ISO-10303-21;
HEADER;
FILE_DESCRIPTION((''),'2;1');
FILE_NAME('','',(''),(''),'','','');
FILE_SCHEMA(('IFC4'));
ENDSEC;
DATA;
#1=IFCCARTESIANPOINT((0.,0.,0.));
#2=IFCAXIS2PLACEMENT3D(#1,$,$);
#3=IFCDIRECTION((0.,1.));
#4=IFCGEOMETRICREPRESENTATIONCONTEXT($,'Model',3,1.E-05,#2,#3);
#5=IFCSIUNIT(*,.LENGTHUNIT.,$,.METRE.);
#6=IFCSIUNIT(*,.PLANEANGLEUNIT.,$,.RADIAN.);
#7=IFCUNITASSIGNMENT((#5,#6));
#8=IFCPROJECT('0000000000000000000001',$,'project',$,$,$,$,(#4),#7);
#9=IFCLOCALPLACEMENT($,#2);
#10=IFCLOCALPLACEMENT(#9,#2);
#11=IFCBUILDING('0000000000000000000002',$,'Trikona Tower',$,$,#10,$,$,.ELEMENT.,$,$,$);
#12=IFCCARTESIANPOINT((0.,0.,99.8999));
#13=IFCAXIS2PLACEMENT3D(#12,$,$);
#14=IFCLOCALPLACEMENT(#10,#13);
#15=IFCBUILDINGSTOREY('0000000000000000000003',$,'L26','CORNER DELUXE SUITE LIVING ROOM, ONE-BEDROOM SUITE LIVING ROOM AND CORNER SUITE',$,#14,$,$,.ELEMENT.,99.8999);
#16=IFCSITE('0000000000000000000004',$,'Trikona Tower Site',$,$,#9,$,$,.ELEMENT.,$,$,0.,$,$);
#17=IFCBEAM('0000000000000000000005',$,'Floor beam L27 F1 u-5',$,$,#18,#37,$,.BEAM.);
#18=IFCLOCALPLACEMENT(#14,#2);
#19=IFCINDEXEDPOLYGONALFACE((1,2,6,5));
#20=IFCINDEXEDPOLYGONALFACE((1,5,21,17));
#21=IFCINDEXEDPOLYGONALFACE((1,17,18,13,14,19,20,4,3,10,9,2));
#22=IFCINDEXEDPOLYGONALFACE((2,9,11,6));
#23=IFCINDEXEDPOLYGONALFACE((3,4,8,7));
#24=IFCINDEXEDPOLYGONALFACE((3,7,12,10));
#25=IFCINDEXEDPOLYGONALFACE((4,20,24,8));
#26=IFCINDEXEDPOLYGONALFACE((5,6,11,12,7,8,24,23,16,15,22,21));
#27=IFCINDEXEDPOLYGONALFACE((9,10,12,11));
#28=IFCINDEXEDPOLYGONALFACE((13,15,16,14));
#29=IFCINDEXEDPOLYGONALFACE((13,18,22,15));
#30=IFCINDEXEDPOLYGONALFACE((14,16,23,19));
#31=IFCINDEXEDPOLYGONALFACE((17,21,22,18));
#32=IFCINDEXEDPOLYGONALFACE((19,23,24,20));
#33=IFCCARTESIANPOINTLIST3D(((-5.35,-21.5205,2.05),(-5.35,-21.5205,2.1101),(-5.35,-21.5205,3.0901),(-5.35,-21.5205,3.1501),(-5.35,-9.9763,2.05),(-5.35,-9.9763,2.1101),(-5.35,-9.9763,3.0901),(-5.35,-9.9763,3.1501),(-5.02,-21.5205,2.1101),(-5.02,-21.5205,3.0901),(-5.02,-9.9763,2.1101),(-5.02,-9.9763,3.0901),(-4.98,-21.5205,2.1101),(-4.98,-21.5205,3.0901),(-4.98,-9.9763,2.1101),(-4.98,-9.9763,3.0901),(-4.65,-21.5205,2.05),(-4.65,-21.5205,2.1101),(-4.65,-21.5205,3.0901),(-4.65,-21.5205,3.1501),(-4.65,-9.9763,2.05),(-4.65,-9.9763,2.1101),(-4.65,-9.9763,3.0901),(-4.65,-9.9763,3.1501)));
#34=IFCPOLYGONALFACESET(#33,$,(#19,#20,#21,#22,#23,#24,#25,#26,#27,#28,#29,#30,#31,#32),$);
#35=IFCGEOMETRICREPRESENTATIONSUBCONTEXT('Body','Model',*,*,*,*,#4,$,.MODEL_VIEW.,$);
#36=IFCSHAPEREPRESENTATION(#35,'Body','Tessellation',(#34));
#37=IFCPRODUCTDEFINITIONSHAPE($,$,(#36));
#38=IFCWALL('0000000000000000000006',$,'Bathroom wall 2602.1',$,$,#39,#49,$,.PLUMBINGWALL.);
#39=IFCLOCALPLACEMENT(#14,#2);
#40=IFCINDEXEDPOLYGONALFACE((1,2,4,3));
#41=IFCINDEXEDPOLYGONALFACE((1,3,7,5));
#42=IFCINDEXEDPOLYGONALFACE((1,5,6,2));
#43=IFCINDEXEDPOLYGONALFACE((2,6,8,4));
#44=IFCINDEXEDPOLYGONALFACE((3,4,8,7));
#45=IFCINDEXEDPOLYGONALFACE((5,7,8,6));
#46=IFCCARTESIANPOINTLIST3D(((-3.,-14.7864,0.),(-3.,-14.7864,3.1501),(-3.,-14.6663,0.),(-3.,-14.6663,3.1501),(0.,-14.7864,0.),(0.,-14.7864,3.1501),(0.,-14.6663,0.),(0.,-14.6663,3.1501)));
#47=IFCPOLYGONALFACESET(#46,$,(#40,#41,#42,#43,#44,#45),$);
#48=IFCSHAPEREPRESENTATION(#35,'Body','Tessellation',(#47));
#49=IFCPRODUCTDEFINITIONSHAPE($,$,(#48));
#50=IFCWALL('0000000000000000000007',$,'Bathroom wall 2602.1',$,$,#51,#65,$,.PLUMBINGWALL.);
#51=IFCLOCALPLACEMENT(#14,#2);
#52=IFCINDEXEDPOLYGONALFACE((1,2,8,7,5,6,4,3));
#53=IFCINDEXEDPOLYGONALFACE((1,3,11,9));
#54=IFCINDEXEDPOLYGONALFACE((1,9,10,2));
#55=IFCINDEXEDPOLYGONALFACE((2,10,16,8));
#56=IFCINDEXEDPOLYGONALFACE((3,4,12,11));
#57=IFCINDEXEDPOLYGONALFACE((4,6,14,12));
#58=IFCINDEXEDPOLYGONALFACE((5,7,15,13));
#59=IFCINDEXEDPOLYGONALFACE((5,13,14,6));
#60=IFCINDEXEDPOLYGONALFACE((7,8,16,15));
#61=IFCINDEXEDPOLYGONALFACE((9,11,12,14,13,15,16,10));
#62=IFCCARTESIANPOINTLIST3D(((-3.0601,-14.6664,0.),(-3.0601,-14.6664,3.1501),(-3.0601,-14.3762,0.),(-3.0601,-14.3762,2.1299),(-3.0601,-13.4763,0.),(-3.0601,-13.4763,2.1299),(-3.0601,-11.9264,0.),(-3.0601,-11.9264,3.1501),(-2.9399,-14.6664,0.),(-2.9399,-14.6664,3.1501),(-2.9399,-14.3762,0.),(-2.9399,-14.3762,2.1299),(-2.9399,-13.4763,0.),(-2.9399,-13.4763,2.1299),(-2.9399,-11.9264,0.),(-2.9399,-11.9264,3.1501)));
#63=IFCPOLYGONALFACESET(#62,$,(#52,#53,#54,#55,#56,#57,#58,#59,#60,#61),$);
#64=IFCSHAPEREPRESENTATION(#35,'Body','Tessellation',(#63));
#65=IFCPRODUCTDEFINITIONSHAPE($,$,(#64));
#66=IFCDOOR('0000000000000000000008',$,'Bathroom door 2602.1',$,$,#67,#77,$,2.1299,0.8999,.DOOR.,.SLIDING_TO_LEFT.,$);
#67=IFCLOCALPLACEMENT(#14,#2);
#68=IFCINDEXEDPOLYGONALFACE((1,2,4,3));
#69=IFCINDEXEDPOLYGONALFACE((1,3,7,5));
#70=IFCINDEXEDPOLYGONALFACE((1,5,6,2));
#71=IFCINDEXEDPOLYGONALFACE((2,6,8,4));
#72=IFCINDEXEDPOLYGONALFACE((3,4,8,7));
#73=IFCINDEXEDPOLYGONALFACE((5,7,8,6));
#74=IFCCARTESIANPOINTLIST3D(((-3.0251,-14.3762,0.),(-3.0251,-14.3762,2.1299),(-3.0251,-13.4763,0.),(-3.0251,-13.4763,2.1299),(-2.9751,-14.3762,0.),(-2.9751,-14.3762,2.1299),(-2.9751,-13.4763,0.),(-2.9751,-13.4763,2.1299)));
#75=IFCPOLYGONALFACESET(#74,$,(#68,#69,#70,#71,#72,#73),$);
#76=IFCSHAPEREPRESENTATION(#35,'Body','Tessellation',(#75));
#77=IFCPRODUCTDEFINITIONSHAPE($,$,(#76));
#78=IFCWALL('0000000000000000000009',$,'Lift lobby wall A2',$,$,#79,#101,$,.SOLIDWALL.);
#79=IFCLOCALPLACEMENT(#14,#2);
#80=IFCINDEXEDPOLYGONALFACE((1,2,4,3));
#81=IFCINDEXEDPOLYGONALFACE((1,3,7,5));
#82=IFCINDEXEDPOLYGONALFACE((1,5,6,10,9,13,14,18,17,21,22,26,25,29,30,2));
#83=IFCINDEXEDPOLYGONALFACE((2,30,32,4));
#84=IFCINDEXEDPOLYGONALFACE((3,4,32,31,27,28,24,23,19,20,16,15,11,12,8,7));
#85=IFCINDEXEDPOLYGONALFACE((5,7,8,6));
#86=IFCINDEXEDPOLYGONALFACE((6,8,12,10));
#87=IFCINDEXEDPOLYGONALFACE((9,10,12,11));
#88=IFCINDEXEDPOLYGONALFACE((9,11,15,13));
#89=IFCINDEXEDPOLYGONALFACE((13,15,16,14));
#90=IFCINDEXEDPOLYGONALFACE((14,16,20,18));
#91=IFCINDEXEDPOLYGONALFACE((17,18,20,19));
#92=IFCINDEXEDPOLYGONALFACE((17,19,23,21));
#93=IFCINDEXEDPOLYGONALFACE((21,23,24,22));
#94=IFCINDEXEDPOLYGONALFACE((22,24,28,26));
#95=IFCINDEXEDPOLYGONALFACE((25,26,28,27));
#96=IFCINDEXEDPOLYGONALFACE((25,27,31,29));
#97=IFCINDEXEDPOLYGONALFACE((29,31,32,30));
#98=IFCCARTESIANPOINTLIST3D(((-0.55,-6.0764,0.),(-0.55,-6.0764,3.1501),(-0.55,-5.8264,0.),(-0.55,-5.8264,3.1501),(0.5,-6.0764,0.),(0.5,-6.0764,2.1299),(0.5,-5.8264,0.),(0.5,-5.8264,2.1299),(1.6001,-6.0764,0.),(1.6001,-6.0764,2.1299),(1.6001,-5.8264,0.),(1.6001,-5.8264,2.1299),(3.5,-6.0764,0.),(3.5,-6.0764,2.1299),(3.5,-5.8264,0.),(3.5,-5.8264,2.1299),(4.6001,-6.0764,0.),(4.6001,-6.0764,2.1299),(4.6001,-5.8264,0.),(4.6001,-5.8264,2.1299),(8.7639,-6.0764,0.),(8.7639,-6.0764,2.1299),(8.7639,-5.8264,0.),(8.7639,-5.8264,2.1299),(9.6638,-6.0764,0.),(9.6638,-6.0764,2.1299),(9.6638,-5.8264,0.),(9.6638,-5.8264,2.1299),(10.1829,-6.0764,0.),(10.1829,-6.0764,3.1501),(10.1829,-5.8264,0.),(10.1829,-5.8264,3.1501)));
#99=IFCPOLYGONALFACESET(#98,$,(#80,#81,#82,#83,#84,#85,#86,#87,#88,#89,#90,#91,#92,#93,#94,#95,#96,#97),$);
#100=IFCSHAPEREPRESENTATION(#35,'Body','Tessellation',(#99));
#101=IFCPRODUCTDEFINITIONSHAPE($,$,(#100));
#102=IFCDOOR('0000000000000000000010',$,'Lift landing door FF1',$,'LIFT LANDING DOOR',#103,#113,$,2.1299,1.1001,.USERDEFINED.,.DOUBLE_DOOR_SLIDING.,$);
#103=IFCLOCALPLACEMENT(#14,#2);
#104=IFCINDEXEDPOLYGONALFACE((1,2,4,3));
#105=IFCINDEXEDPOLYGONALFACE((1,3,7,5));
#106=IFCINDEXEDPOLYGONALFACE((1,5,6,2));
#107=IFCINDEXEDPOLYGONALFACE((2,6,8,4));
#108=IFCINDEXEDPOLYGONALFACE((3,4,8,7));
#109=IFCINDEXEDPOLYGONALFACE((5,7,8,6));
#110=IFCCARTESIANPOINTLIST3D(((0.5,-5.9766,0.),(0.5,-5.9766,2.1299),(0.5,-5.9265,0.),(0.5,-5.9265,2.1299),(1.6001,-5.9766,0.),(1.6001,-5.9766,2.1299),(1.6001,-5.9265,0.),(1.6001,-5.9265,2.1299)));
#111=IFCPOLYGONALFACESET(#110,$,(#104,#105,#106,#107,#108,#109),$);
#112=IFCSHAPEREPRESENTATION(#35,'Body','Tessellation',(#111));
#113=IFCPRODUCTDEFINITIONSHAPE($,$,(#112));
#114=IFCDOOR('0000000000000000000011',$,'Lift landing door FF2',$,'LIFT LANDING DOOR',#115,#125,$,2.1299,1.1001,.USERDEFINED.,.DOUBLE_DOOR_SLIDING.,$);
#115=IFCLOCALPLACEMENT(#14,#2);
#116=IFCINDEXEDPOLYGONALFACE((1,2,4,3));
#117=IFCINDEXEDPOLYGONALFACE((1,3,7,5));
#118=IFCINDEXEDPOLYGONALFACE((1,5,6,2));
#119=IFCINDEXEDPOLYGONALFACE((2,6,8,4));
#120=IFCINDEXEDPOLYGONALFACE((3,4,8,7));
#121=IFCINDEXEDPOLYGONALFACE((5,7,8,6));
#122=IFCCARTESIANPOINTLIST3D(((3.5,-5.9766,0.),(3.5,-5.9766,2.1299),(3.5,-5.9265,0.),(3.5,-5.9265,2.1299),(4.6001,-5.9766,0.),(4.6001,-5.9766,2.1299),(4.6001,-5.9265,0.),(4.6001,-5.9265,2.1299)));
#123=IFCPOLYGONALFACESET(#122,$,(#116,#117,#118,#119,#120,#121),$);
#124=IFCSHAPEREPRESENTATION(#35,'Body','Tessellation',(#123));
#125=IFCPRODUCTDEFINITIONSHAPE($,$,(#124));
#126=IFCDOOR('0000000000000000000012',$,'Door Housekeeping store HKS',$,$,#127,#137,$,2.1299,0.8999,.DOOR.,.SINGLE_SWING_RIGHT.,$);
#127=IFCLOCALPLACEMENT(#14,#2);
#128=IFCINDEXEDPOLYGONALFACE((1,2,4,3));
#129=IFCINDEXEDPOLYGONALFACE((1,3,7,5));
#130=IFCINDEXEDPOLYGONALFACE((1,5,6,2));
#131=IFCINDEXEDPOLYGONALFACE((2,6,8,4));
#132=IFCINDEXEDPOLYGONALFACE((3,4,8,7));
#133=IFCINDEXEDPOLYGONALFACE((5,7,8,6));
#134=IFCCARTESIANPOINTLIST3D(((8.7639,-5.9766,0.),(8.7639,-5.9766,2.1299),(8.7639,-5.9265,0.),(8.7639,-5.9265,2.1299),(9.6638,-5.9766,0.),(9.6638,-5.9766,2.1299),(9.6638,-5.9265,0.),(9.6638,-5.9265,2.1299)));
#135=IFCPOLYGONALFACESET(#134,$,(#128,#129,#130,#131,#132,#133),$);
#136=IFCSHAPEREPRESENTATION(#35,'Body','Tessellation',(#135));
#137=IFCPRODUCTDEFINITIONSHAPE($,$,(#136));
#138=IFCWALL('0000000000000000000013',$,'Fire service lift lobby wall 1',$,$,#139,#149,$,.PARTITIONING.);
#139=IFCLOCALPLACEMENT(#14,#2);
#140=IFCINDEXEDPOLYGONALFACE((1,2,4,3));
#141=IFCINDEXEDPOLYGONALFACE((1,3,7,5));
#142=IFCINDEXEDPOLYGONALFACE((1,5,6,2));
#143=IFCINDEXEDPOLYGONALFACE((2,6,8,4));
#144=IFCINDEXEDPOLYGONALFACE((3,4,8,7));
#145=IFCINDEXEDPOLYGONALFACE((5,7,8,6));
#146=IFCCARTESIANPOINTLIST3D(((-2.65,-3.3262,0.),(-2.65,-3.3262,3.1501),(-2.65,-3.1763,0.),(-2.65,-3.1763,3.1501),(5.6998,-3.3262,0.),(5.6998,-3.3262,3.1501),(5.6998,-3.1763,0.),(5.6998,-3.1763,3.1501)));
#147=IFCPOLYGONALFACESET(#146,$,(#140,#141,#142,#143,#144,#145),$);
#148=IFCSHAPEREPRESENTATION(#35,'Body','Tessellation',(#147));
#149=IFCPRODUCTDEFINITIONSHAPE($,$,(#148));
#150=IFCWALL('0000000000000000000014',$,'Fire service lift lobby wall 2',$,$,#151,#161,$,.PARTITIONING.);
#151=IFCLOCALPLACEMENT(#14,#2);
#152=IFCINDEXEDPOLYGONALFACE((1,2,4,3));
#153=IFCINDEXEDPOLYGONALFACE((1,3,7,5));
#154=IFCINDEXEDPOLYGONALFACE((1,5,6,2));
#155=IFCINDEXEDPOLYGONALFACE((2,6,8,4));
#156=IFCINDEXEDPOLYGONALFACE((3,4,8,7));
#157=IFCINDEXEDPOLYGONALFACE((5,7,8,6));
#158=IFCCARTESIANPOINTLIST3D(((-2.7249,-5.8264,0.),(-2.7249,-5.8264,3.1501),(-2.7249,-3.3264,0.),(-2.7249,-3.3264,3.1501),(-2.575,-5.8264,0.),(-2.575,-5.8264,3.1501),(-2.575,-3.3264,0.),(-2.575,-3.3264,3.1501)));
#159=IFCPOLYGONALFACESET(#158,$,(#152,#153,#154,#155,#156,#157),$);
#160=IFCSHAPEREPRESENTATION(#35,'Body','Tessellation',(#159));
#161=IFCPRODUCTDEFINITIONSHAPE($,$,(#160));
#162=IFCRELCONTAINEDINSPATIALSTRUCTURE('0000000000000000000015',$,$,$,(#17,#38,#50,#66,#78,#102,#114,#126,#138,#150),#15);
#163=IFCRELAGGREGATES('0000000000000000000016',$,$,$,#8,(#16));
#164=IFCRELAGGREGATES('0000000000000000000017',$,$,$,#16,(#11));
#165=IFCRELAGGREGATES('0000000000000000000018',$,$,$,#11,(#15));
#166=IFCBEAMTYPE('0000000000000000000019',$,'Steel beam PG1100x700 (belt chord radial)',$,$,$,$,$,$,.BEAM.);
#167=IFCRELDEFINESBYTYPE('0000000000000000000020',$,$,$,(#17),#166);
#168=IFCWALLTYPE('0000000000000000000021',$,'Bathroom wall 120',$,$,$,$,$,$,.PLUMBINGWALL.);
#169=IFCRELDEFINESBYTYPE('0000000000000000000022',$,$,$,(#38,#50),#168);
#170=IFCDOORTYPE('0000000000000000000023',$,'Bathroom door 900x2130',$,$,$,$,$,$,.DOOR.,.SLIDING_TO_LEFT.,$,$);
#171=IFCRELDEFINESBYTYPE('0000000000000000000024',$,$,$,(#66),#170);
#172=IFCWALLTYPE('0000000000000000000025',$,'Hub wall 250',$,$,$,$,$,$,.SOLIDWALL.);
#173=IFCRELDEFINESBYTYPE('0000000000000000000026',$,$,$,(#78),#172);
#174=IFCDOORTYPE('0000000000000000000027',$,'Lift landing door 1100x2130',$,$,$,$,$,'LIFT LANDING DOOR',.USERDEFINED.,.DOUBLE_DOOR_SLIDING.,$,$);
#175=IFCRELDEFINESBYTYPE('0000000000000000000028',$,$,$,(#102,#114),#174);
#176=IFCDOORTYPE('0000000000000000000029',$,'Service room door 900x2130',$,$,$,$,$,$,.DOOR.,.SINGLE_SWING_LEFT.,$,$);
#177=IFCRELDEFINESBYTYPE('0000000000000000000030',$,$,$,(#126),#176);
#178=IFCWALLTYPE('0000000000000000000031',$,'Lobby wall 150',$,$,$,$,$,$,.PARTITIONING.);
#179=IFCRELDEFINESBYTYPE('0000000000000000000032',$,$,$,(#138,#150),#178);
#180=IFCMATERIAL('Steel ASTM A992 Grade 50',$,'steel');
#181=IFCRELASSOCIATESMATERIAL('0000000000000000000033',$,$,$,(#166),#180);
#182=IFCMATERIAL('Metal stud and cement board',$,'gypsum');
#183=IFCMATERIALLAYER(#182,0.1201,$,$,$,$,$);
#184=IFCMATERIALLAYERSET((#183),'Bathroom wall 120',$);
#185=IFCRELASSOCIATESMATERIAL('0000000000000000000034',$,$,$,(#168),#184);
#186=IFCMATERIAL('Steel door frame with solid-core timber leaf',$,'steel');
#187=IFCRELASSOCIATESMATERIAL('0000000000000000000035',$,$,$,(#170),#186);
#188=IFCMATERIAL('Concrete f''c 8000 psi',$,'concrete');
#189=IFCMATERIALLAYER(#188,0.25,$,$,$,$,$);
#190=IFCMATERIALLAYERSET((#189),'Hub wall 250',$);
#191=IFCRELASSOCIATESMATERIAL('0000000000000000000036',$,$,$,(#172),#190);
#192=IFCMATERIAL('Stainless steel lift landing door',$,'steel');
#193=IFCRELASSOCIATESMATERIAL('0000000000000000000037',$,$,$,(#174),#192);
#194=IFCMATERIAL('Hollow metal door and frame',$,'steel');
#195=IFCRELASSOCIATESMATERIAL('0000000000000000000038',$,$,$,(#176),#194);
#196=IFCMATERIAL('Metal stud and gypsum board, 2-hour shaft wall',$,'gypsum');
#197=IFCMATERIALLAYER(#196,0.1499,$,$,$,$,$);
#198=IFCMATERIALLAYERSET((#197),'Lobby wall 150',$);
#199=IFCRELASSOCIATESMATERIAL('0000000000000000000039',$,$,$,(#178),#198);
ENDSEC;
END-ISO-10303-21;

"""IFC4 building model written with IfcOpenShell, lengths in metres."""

from ifc_helpers import new_model, si_unit, direction, frame, frame_2d, origin, origin_2d, place, context, subcontext, project, spatial, rectangle, i_section, extrude, material, layer, layer_set, material_profile, profile_set, type_object, element, fill, save


model = new_model("IFC4")

# Units and contexts
model_context = context("Model", 3, precision=1e-05, world=origin(), true_north=direction((0.0, 1.0)))
body_context = subcontext(model_context, "Body", "Model", "MODEL_VIEW")
ifc_project = project(units=[si_unit("LENGTHUNIT", "METRE"), si_unit("PLANEANGLEUNIT", "RADIAN")], contexts=[model_context])

# Site, building, storey
site_placement = place(None, origin())
site = spatial("IfcSite", under=ifc_project, at=site_placement, Name="Trikona Tower Site", CompositionType="ELEMENT", RefElevation=0.0)
building_placement = place(site_placement, origin())
building = spatial("IfcBuilding", under=site, at=building_placement, Name="Trikona Tower", CompositionType="ELEMENT")
storey_placement = place(building_placement, frame((0.0, 0.0, 99.8999)))
storey = spatial("IfcBuildingStorey", under=building, at=storey_placement, Name="L26", Description="CORNER DELUXE SUITE LIVING ROOM, ONE-BEDROOM SUITE LIVING ROOM AND CORNER SUITE", CompositionType="ELEMENT", Elevation=99.8999)

# Beam
ifc_material_1 = material(Name="Steel ASTM A992 Grade 50", Category="steel")
ifc_material_profile = material_profile(ifc_material_1, i_section(OverallWidth=0.7, OverallDepth=1.1001, WebThickness=0.04, FlangeThickness=0.0601, at=origin_2d()), Name="PG1100X700")
ifc_profile_set = profile_set([ifc_material_profile], Name="Steel ASTM A992 Grade 50")
beam_type = type_object("IfcBeamType", Name="Steel beam PG1100x700 (belt chord radial)", PredefinedType="BEAM", material=ifc_profile_set)
beam_placement = place(storey_placement, frame((-5.0, -9.9763, 2.6001), z_axis=(0.0, -1.0, 0.0), x_axis=(1.0, 0.0, 0.0)))
element("IfcBeam", 1, at=beam_placement, inside=storey, type_object=beam_type, Name="Floor beam L27 F1 u-5", PredefinedType="BEAM", context=body_context, shape_type="SweptSolid", body=[
    extrude(i_section(OverallWidth=0.7, OverallDepth=1.1001, WebThickness=0.04, FlangeThickness=0.0601, at=origin_2d()), origin(), (0.0, 0.0, 1.0), 11.5442),
])

# Wall
ifc_material_2 = material(Name="Metal stud and cement board", Category="gypsum")
ifc_layer_1 = layer(ifc_material_2, 0.1201)
ifc_layer_set_1 = layer_set([ifc_layer_1], Name="Bathroom wall 120")
wall_type_1 = type_object("IfcWallType", Name="Bathroom wall 120", PredefinedType="PLUMBINGWALL", material=ifc_layer_set_1)
wall_1_placement = place(storey_placement, frame((-3.0, -14.7263, 0.0), z_axis=(0.0, 0.0, 1.0), x_axis=(1.0, 0.0, 0.0)))
element("IfcWall", 2, at=wall_1_placement, inside=storey, type_object=wall_type_1, Name="Bathroom wall 2602.1", PredefinedType="PLUMBINGWALL", context=body_context, shape_type="SweptSolid", body=[
    extrude(rectangle(XDim=3.0, YDim=0.1201, at=frame_2d((1.5, 0.0))), origin(), (0.0, 0.0, 1.0), 3.1501),
])

# Wall, opening, door
wall_2_placement = place(storey_placement, frame((-3.0, -11.9263, 0.0), z_axis=(0.0, 0.0, 1.0), x_axis=(0.0, -1.0, 0.0)))
wall_2 = element("IfcWall", 3, at=wall_2_placement, inside=storey, type_object=wall_type_1, Name="Bathroom wall 2602.1", PredefinedType="PLUMBINGWALL", context=body_context, shape_type="SweptSolid", body=[
    extrude(rectangle(XDim=2.74, YDim=0.1201, at=frame_2d((1.3701, 0.0))), origin(), (0.0, 0.0, 1.0), 3.1501),
])
opening_1_placement = place(wall_2_placement, frame((1.55, 0.0, 0.0)))
opening_1 = element("IfcOpeningElement", 4, at=opening_1_placement, cuts=wall_2, PredefinedType="OPENING", context=body_context, shape_type="SweptSolid", body=[
    extrude(rectangle(XDim=0.8999, YDim=2.1299, at=frame_2d((0.45, 1.0649))), frame((0.0, 0.0701, 0.0), z_axis=(0.0, -1.0, 0.0), x_axis=(1.0, 0.0, 0.0)), (0.0, 0.0, 1.0), 0.1401),
])
ifc_material_3 = material(Name="Steel door frame with solid-core timber leaf", Category="steel")
door_type_1 = type_object("IfcDoorType", Name="Bathroom door 900x2130", OperationType="SLIDING_TO_LEFT", PredefinedType="DOOR", material=ifc_material_3)
door_1_placement = place(opening_1_placement, origin())
door_1 = element("IfcDoor", 5, at=door_1_placement, inside=storey, type_object=door_type_1, Name="Bathroom door 2602.1", OperationType="SLIDING_TO_LEFT", OverallHeight=2.1299, OverallWidth=0.8999, PredefinedType="DOOR", context=body_context, shape_type="SweptSolid", body=[
    extrude(rectangle(XDim=0.8999, YDim=2.1299, at=frame_2d((0.45, 1.0649))), frame((0.0, 0.0249, 0.0), z_axis=(0.0, -1.0, 0.0), x_axis=(1.0, 0.0, 0.0)), (0.0, 0.0, 1.0), 0.05),
])
fill(opening_1, door_1)

# Wall, openings, doors
ifc_material_4 = material(Name="Concrete f'c 8000 psi", Category="concrete")
ifc_layer_2 = layer(ifc_material_4, 0.25)
ifc_layer_set_2 = layer_set([ifc_layer_2], Name="Hub wall 250")
wall_type_2 = type_object("IfcWallType", Name="Hub wall 250", PredefinedType="SOLIDWALL", material=ifc_layer_set_2)
wall_3_placement = place(storey_placement, frame((-0.55, -5.9514, 0.0), z_axis=(0.0, 0.0, 1.0), x_axis=(1.0, 0.0, 0.0)))
wall_3 = element("IfcWall", 6, at=wall_3_placement, inside=storey, type_object=wall_type_2, Name="Lift lobby wall A2", PredefinedType="SOLIDWALL", context=body_context, shape_type="SweptSolid", body=[
    extrude(rectangle(XDim=10.7329, YDim=0.25, at=frame_2d((5.3665, 0.0))), origin(), (0.0, 0.0, 1.0), 3.1501),
])
opening_2_placement = place(wall_3_placement, frame((9.314, 0.0, 0.0)))
opening_2 = element("IfcOpeningElement", 7, at=opening_2_placement, cuts=wall_3, PredefinedType="OPENING", context=body_context, shape_type="SweptSolid", body=[
    extrude(rectangle(XDim=0.8999, YDim=2.1299, at=frame_2d((0.45, 1.0649))), frame((0.0, 0.135, 0.0), z_axis=(0.0, -1.0, 0.0), x_axis=(1.0, 0.0, 0.0)), (0.0, 0.0, 1.0), 0.27),
])
opening_3_placement = place(wall_3_placement, frame((1.05, 0.0, 0.0)))
opening_3 = element("IfcOpeningElement", 8, at=opening_3_placement, cuts=wall_3, PredefinedType="OPENING", context=body_context, shape_type="SweptSolid", body=[
    extrude(rectangle(XDim=1.1001, YDim=2.1299, at=frame_2d((0.55, 1.0649))), frame((0.0, 0.135, 0.0), z_axis=(0.0, -1.0, 0.0), x_axis=(1.0, 0.0, 0.0)), (0.0, 0.0, 1.0), 0.27),
])
opening_4_placement = place(wall_3_placement, frame((4.05, 0.0, 0.0)))
opening_4 = element("IfcOpeningElement", 9, at=opening_4_placement, cuts=wall_3, PredefinedType="OPENING", context=body_context, shape_type="SweptSolid", body=[
    extrude(rectangle(XDim=1.1001, YDim=2.1299, at=frame_2d((0.55, 1.0649))), frame((0.0, 0.135, 0.0), z_axis=(0.0, -1.0, 0.0), x_axis=(1.0, 0.0, 0.0)), (0.0, 0.0, 1.0), 0.27),
])
ifc_material_5 = material(Name="Stainless steel lift landing door", Category="steel")
door_type_2 = type_object("IfcDoorType", Name="Lift landing door 1100x2130", ElementType="LIFT LANDING DOOR", OperationType="DOUBLE_DOOR_SLIDING", PredefinedType="USERDEFINED", material=ifc_material_5)
door_2_placement = place(opening_3_placement, origin())
door_2 = element("IfcDoor", 10, at=door_2_placement, inside=storey, type_object=door_type_2, Name="Lift landing door FF1", ObjectType="LIFT LANDING DOOR", OperationType="DOUBLE_DOOR_SLIDING", OverallHeight=2.1299, OverallWidth=1.1001, PredefinedType="USERDEFINED", context=body_context, shape_type="SweptSolid", body=[
    extrude(rectangle(XDim=1.1001, YDim=2.1299, at=frame_2d((0.55, 1.0649))), frame((0.0, 0.0249, 0.0), z_axis=(0.0, -1.0, 0.0), x_axis=(1.0, 0.0, 0.0)), (0.0, 0.0, 1.0), 0.05),
])
fill(opening_3, door_2)
door_3_placement = place(opening_4_placement, origin())
door_3 = element("IfcDoor", 11, at=door_3_placement, inside=storey, type_object=door_type_2, Name="Lift landing door FF2", ObjectType="LIFT LANDING DOOR", OperationType="DOUBLE_DOOR_SLIDING", OverallHeight=2.1299, OverallWidth=1.1001, PredefinedType="USERDEFINED", context=body_context, shape_type="SweptSolid", body=[
    extrude(rectangle(XDim=1.1001, YDim=2.1299, at=frame_2d((0.55, 1.0649))), frame((0.0, 0.0249, 0.0), z_axis=(0.0, -1.0, 0.0), x_axis=(1.0, 0.0, 0.0)), (0.0, 0.0, 1.0), 0.05),
])
fill(opening_4, door_3)
ifc_material_6 = material(Name="Hollow metal door and frame", Category="steel")
door_type_3 = type_object("IfcDoorType", Name="Service room door 900x2130", OperationType="SINGLE_SWING_LEFT", PredefinedType="DOOR", material=ifc_material_6)
door_4_placement = place(opening_2_placement, origin())
door_4 = element("IfcDoor", 12, at=door_4_placement, inside=storey, type_object=door_type_3, Name="Door Housekeeping store HKS", OperationType="SINGLE_SWING_RIGHT", OverallHeight=2.1299, OverallWidth=0.8999, PredefinedType="DOOR", context=body_context, shape_type="SweptSolid", body=[
    extrude(rectangle(XDim=0.8999, YDim=2.1299, at=frame_2d((0.45, 1.0649))), frame((0.0, 0.0249, 0.0), z_axis=(0.0, -1.0, 0.0), x_axis=(1.0, 0.0, 0.0)), (0.0, 0.0, 1.0), 0.05),
])
fill(opening_2, door_4)

# Walls
ifc_material_7 = material(Name="Metal stud and gypsum board, 2-hour shaft wall", Category="gypsum")
ifc_layer_3 = layer(ifc_material_7, 0.1499)
ifc_layer_set_3 = layer_set([ifc_layer_3], Name="Lobby wall 150")
wall_type_3 = type_object("IfcWallType", Name="Lobby wall 150", PredefinedType="PARTITIONING", material=ifc_layer_set_3)
wall_4_placement = place(storey_placement, frame((-2.6499, -3.2512, 0.0), z_axis=(0.0, 0.0, 1.0), x_axis=(1.0, 0.0, 0.0)))
element("IfcWall", 13, at=wall_4_placement, inside=storey, type_object=wall_type_3, Name="Fire service lift lobby wall 1", PredefinedType="PARTITIONING", context=body_context, shape_type="SweptSolid", body=[
    extrude(rectangle(XDim=8.3499, YDim=0.1499, at=frame_2d((4.1748, 0.0))), origin(), (0.0, 0.0, 1.0), 3.1501),
])
wall_5_placement = place(storey_placement, frame((-2.6499, -5.8264, 0.0), z_axis=(0.0, 0.0, 1.0), x_axis=(0.0, 1.0, 0.0)))
element("IfcWall", 14, at=wall_5_placement, inside=storey, type_object=wall_type_3, Name="Fire service lift lobby wall 2", PredefinedType="PARTITIONING", context=body_context, shape_type="SweptSolid", body=[
    extrude(rectangle(XDim=2.5, YDim=0.1499, at=frame_2d((1.25, 0.0))), origin(), (0.0, 0.0, 1.0), 3.1501),
])

save(model, "model.ifc")
